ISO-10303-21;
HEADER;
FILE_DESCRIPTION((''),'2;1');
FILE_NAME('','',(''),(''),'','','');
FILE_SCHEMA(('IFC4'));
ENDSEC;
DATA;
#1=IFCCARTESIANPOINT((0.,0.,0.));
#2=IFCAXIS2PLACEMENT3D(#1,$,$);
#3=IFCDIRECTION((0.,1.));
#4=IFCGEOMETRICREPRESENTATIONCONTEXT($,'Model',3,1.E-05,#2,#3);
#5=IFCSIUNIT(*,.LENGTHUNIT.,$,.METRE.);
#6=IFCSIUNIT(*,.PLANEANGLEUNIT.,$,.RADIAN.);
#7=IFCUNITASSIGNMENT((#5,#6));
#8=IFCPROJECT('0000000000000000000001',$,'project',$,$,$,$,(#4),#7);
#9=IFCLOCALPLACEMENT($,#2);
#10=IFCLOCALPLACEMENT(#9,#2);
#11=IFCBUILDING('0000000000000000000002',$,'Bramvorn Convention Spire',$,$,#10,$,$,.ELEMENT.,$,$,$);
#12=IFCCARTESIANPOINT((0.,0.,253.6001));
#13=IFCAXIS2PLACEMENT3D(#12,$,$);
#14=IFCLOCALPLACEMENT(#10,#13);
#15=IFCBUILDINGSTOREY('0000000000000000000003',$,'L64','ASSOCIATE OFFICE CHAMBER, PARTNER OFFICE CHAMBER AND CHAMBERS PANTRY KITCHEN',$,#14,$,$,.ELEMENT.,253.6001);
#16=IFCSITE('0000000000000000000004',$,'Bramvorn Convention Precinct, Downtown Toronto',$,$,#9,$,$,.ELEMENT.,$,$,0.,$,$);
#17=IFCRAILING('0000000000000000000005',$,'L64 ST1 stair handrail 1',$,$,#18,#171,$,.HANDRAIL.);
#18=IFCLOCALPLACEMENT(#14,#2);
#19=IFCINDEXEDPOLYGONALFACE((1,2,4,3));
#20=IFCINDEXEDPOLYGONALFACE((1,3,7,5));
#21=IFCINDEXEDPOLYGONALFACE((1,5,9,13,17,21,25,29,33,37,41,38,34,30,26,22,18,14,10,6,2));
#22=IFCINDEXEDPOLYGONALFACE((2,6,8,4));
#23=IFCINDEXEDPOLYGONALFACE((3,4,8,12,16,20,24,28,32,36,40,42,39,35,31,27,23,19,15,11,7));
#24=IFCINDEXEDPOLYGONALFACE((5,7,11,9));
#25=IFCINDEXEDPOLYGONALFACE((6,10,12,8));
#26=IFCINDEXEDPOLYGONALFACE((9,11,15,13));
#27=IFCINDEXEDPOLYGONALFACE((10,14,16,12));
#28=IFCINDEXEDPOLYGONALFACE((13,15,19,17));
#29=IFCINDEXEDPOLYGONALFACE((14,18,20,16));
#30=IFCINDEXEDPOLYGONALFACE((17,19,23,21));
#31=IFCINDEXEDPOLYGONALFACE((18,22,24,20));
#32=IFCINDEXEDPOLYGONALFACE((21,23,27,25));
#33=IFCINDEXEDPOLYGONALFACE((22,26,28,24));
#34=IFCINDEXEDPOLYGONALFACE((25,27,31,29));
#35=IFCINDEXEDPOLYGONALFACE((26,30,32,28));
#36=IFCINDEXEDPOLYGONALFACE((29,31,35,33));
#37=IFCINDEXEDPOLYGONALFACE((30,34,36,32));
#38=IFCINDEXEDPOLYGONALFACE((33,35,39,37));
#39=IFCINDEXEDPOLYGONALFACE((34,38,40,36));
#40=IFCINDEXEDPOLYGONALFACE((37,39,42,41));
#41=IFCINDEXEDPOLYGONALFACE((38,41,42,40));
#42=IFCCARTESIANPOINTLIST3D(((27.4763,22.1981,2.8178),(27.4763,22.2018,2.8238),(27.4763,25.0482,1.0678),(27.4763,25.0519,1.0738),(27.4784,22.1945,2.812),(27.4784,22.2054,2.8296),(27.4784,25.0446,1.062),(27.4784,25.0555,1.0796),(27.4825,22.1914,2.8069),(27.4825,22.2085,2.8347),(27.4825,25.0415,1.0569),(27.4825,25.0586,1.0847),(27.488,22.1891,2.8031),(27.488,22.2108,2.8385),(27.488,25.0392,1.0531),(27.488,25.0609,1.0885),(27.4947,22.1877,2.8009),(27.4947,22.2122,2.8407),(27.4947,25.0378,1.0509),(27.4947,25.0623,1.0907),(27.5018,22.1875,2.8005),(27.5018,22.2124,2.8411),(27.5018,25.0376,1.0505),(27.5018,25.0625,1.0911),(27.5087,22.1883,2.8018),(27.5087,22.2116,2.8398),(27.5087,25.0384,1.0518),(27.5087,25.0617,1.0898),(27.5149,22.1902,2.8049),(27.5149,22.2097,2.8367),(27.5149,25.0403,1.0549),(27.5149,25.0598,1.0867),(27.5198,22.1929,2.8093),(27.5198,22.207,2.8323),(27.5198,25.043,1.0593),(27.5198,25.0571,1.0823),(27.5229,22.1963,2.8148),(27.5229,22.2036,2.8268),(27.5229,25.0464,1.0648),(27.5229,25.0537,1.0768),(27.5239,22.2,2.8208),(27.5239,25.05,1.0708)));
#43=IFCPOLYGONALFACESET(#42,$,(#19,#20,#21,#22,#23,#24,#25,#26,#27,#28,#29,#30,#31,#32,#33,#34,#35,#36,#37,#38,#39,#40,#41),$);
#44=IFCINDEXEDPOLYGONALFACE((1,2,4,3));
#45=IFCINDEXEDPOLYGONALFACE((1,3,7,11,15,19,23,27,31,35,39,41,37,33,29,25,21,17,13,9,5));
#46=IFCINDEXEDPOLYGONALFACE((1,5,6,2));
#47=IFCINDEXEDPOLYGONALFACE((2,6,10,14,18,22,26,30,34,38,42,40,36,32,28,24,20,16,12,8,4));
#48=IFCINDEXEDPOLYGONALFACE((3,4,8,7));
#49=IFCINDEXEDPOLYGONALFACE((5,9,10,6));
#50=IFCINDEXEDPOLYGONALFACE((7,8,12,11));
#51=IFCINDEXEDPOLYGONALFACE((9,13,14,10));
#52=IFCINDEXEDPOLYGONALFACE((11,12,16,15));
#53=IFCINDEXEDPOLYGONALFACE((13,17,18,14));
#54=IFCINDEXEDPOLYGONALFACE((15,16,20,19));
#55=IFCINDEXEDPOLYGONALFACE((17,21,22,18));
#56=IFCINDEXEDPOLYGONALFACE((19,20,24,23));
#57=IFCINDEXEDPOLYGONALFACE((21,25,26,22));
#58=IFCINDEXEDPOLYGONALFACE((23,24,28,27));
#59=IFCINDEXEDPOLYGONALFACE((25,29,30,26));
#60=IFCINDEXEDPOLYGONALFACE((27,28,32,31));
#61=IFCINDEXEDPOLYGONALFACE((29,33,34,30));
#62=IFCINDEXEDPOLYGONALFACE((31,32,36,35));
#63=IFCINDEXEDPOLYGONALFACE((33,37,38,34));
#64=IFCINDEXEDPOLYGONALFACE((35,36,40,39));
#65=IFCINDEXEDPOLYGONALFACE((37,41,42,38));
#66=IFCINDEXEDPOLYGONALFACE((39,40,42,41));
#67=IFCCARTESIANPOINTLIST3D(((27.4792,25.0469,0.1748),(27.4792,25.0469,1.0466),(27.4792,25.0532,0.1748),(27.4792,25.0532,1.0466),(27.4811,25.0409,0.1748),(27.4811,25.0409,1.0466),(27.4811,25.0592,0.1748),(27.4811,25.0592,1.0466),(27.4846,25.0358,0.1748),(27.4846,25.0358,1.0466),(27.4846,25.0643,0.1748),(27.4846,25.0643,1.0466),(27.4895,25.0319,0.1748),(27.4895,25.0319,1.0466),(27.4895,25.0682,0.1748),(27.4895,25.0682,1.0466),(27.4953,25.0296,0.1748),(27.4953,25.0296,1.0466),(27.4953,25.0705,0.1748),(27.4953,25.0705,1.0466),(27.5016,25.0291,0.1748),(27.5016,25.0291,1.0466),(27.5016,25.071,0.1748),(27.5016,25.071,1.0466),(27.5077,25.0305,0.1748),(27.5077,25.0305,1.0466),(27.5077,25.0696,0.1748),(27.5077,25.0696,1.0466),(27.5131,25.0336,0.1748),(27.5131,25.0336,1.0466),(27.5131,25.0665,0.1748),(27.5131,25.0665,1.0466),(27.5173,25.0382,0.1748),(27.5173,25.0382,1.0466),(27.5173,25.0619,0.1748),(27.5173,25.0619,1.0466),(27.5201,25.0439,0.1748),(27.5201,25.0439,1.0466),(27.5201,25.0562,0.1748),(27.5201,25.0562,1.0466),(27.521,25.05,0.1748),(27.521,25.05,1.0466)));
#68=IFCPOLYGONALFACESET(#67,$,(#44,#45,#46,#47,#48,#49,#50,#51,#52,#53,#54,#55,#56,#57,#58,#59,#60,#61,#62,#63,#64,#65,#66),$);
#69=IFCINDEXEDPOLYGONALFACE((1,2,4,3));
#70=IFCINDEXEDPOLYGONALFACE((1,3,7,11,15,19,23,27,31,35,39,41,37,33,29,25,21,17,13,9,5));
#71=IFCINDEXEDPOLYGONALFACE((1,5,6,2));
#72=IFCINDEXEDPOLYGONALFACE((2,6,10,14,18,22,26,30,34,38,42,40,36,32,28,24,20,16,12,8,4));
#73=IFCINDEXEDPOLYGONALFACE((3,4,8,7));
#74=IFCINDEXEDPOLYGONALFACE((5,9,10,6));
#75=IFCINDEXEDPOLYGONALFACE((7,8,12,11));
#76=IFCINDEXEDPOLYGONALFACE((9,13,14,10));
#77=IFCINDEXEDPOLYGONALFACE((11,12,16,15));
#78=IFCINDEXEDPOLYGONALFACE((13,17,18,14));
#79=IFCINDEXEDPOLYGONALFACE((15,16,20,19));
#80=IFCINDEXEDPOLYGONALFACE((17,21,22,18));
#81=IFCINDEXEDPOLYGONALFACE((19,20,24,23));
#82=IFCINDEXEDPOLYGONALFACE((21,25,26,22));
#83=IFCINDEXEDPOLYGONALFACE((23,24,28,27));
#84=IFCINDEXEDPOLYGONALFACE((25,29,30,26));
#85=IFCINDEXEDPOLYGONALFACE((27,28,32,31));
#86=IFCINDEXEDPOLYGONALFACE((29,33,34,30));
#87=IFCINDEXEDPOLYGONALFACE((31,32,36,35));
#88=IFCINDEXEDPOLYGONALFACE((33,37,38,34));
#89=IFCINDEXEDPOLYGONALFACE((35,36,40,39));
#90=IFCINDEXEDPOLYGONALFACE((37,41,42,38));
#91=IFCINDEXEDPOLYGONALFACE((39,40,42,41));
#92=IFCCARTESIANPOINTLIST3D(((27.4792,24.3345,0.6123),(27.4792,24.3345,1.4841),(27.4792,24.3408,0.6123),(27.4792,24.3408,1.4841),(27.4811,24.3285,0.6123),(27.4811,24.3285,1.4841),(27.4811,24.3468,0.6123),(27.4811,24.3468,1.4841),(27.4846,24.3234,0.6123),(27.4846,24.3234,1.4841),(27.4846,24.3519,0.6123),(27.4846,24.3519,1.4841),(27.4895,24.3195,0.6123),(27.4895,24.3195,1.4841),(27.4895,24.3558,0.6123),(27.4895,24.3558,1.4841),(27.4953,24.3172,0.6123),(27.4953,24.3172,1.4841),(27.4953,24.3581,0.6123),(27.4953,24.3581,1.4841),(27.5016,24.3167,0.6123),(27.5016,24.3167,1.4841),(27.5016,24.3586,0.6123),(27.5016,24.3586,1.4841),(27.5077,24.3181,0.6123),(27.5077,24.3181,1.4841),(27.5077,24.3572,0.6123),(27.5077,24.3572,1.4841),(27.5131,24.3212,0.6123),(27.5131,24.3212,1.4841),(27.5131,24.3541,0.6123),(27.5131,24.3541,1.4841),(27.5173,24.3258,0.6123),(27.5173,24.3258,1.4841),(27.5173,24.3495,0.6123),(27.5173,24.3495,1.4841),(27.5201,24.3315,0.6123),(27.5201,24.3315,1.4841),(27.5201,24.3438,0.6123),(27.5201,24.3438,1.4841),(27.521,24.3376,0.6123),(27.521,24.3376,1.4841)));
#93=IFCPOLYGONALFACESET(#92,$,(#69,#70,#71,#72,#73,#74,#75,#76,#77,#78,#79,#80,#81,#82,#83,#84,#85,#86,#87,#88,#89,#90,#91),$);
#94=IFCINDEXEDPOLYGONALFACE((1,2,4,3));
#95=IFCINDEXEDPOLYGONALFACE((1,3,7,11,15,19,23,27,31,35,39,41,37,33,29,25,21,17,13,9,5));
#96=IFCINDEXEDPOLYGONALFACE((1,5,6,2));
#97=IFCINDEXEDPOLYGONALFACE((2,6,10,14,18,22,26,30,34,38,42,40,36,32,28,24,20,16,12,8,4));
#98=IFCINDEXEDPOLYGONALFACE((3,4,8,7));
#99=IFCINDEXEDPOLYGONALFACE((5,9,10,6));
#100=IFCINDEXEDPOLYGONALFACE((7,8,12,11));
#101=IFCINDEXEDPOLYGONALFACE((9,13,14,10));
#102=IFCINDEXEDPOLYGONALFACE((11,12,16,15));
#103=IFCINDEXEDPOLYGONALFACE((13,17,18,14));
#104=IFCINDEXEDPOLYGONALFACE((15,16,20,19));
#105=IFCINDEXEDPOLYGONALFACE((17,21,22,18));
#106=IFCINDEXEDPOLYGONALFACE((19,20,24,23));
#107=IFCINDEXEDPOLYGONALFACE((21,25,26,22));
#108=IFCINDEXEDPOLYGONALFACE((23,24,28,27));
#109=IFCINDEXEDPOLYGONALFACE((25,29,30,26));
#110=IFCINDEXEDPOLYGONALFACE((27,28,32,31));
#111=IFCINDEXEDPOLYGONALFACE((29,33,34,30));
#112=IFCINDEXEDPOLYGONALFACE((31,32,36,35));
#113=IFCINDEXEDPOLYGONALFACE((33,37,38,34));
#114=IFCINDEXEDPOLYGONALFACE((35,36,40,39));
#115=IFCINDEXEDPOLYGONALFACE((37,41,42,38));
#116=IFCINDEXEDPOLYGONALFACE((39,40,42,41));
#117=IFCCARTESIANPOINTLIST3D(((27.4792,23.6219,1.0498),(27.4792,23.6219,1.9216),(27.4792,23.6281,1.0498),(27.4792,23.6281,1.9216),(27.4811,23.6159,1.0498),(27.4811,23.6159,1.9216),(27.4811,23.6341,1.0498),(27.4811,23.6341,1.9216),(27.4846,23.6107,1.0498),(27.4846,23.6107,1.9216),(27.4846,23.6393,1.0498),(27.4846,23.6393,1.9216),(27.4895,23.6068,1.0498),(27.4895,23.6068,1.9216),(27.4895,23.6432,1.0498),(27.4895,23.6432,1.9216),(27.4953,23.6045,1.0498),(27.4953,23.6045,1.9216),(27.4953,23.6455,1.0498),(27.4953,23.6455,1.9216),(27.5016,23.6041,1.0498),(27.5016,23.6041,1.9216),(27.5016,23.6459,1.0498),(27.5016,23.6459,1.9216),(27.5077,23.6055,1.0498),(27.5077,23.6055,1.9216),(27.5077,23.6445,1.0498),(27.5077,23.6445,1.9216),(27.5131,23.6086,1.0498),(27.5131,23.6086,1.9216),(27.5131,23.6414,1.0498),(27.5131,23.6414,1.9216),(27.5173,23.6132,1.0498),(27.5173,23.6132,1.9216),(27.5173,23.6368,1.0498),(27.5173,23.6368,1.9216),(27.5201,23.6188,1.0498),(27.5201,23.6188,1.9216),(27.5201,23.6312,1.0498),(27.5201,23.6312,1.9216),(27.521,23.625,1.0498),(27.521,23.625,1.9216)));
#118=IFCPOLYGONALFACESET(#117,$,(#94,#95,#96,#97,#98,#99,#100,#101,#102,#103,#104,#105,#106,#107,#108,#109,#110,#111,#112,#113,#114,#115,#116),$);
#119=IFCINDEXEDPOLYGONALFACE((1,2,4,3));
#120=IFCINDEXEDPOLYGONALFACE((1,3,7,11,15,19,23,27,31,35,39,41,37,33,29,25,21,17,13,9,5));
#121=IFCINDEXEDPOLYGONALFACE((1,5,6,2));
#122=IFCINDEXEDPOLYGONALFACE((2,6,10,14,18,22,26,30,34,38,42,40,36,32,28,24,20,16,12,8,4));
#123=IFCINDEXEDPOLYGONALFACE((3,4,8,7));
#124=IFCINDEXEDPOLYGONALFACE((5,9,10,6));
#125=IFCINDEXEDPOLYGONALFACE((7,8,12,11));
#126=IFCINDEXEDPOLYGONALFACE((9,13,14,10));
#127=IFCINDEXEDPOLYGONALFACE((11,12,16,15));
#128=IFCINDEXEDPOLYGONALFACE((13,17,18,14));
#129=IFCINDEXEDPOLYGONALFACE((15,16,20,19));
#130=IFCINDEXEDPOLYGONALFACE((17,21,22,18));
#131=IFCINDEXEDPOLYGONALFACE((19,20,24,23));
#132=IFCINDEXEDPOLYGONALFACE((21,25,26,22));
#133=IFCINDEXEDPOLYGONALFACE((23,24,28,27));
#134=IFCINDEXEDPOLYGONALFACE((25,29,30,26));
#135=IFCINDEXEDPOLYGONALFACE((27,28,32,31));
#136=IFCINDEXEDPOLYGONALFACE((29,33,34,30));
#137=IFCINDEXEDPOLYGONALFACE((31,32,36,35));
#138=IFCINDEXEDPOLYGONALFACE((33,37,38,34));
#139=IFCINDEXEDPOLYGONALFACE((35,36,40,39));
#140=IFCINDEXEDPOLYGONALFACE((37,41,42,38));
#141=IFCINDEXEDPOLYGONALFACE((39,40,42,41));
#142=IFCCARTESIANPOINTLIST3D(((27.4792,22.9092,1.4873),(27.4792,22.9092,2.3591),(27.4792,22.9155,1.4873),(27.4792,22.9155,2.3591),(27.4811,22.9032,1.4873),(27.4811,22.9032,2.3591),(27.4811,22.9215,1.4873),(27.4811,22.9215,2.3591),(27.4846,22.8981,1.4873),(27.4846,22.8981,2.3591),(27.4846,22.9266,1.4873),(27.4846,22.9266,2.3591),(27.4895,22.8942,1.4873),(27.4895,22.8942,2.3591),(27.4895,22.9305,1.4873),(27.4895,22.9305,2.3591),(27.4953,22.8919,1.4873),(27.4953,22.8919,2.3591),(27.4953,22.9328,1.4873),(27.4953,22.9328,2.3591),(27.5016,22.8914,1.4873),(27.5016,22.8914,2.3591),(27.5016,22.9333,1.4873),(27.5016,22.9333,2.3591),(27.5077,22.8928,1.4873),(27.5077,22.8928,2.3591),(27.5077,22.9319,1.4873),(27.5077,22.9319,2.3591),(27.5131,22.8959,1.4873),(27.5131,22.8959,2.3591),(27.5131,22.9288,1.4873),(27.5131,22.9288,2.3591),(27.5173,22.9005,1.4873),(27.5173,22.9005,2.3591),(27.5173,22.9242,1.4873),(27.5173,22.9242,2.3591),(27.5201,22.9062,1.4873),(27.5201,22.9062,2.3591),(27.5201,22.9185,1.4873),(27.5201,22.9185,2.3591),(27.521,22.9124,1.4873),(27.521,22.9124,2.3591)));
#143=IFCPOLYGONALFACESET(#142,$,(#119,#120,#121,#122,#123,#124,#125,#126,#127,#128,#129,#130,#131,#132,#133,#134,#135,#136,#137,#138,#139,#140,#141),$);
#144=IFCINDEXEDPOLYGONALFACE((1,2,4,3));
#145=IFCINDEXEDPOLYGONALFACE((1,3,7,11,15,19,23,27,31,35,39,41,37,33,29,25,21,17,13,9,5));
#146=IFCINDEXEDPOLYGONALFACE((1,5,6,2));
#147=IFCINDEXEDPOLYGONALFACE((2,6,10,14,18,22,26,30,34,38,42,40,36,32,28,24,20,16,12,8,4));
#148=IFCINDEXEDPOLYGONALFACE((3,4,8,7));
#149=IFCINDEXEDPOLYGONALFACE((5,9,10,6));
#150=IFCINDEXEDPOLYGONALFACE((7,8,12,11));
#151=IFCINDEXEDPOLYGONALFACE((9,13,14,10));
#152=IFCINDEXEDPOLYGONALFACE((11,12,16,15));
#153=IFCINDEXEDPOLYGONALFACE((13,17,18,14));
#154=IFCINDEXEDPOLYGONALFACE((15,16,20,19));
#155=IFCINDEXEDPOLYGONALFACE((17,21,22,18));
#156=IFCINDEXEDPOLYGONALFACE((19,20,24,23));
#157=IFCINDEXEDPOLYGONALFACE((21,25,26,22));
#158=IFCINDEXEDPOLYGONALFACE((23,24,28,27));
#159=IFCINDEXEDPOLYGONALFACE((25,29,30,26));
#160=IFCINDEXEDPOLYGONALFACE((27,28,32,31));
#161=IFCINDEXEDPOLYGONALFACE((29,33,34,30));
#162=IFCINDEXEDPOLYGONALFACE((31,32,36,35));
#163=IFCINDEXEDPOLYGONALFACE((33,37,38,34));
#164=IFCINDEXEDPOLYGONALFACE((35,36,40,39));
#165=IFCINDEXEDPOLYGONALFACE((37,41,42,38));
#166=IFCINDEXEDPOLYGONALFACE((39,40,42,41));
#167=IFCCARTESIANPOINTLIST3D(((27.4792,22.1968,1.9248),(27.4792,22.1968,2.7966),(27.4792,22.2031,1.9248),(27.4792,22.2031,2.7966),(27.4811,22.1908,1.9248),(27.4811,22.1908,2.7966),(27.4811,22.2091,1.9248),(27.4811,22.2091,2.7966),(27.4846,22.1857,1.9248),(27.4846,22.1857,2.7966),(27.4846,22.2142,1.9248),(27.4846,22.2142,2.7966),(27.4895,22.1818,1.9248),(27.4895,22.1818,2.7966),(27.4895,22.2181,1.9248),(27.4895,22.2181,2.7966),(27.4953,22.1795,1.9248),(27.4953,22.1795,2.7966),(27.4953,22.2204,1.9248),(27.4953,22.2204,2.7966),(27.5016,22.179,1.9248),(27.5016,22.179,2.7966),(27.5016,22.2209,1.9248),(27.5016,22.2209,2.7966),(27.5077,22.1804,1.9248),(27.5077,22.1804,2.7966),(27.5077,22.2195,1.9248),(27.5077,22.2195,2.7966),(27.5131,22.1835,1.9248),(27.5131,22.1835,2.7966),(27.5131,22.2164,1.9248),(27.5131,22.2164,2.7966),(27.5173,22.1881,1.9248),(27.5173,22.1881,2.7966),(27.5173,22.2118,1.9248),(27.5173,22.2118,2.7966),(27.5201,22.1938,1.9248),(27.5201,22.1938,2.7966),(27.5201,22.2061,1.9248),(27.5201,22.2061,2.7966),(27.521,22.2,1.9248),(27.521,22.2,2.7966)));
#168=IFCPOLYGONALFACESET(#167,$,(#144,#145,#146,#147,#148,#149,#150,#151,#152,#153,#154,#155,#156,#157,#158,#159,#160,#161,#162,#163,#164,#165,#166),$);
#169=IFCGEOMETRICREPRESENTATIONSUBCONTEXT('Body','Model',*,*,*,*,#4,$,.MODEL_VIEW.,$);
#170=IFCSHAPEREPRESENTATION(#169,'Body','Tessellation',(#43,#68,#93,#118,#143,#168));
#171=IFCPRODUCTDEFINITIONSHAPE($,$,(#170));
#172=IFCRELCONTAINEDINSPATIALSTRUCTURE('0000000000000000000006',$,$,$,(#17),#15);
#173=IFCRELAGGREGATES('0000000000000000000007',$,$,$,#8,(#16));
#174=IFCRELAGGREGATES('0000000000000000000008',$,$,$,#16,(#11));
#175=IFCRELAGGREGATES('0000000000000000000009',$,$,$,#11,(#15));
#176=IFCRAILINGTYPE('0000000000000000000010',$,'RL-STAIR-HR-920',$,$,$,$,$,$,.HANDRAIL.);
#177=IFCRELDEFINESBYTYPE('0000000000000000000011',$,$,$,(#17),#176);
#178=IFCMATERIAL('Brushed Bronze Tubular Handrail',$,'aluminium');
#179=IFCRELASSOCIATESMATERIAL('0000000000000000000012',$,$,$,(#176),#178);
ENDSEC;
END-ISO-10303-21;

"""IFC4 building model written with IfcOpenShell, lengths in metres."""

from ifc_helpers import new_model, si_unit, direction, frame, origin, origin_2d, place, context, subcontext, project, spatial, circle, extrude, material, type_object, element, save


model = new_model("IFC4")

# Units and contexts
model_context = context("Model", 3, precision=1e-05, world=origin(), true_north=direction((0.0, 1.0)))
body_context = subcontext(model_context, "Body", "Model", "MODEL_VIEW")
ifc_project = project(units=[si_unit("LENGTHUNIT", "METRE"), si_unit("PLANEANGLEUNIT", "RADIAN")], contexts=[model_context])

# Site, building, storey
site_placement = place(None, origin())
site = spatial("IfcSite", under=ifc_project, at=site_placement, Name="Bramvorn Convention Precinct, Downtown Toronto", CompositionType="ELEMENT", RefElevation=0.0)
building_placement = place(site_placement, origin())
building = spatial("IfcBuilding", under=site, at=building_placement, Name="Bramvorn Convention Spire", CompositionType="ELEMENT")
storey_placement = place(building_placement, frame((0.0, 0.0, 253.6001)))
storey = spatial("IfcBuildingStorey", under=building, at=storey_placement, Name="L64", Description="ASSOCIATE OFFICE CHAMBER, PARTNER OFFICE CHAMBER AND CHAMBERS PANTRY KITCHEN", CompositionType="ELEMENT", Elevation=253.6001)

# Railing
ifc_material_1 = material(Name="Brushed Bronze Tubular Handrail", Category="aluminium")
railing_type_1 = type_object("IfcRailingType", Name="RL-STAIR-HR-920", PredefinedType="HANDRAIL", material=ifc_material_1)
railing_1_placement = place(storey_placement, frame((27.5, 25.05, 0.1748)))
element("IfcRailing", 1, at=railing_1_placement, inside=storey, type_object=railing_type_1, Name="L64 ST1 stair handrail 1", PredefinedType="HANDRAIL", context=body_context, shape_type="SweptSolid", body=[
    extrude(circle(Radius=0.0239, at=origin_2d()), frame((0.0, 0.0, 0.896), z_axis=(0.0, -0.852179, 0.52325), x_axis=(1.0, 0.0, 0.0)), (0.0, 0.0, 1.0), 3.3445),
    extrude(circle(Radius=0.021, at=origin_2d()), origin(), (0.0, 0.0, 1.0), 0.8718),
    extrude(circle(Radius=0.021, at=origin_2d()), frame((0.0, -0.7124, 0.4375)), (0.0, 0.0, 1.0), 0.8718),
    extrude(circle(Radius=0.021, at=origin_2d()), frame((0.0, -1.425, 0.875)), (0.0, 0.0, 1.0), 0.8718),
    extrude(circle(Radius=0.021, at=origin_2d()), frame((0.0, -2.1377, 1.3125)), (0.0, 0.0, 1.0), 0.8718),
    extrude(circle(Radius=0.021, at=origin_2d()), frame((0.0, -2.8501, 1.75)), (0.0, 0.0, 1.0), 0.8718),
])

save(model, "model.ifc")
